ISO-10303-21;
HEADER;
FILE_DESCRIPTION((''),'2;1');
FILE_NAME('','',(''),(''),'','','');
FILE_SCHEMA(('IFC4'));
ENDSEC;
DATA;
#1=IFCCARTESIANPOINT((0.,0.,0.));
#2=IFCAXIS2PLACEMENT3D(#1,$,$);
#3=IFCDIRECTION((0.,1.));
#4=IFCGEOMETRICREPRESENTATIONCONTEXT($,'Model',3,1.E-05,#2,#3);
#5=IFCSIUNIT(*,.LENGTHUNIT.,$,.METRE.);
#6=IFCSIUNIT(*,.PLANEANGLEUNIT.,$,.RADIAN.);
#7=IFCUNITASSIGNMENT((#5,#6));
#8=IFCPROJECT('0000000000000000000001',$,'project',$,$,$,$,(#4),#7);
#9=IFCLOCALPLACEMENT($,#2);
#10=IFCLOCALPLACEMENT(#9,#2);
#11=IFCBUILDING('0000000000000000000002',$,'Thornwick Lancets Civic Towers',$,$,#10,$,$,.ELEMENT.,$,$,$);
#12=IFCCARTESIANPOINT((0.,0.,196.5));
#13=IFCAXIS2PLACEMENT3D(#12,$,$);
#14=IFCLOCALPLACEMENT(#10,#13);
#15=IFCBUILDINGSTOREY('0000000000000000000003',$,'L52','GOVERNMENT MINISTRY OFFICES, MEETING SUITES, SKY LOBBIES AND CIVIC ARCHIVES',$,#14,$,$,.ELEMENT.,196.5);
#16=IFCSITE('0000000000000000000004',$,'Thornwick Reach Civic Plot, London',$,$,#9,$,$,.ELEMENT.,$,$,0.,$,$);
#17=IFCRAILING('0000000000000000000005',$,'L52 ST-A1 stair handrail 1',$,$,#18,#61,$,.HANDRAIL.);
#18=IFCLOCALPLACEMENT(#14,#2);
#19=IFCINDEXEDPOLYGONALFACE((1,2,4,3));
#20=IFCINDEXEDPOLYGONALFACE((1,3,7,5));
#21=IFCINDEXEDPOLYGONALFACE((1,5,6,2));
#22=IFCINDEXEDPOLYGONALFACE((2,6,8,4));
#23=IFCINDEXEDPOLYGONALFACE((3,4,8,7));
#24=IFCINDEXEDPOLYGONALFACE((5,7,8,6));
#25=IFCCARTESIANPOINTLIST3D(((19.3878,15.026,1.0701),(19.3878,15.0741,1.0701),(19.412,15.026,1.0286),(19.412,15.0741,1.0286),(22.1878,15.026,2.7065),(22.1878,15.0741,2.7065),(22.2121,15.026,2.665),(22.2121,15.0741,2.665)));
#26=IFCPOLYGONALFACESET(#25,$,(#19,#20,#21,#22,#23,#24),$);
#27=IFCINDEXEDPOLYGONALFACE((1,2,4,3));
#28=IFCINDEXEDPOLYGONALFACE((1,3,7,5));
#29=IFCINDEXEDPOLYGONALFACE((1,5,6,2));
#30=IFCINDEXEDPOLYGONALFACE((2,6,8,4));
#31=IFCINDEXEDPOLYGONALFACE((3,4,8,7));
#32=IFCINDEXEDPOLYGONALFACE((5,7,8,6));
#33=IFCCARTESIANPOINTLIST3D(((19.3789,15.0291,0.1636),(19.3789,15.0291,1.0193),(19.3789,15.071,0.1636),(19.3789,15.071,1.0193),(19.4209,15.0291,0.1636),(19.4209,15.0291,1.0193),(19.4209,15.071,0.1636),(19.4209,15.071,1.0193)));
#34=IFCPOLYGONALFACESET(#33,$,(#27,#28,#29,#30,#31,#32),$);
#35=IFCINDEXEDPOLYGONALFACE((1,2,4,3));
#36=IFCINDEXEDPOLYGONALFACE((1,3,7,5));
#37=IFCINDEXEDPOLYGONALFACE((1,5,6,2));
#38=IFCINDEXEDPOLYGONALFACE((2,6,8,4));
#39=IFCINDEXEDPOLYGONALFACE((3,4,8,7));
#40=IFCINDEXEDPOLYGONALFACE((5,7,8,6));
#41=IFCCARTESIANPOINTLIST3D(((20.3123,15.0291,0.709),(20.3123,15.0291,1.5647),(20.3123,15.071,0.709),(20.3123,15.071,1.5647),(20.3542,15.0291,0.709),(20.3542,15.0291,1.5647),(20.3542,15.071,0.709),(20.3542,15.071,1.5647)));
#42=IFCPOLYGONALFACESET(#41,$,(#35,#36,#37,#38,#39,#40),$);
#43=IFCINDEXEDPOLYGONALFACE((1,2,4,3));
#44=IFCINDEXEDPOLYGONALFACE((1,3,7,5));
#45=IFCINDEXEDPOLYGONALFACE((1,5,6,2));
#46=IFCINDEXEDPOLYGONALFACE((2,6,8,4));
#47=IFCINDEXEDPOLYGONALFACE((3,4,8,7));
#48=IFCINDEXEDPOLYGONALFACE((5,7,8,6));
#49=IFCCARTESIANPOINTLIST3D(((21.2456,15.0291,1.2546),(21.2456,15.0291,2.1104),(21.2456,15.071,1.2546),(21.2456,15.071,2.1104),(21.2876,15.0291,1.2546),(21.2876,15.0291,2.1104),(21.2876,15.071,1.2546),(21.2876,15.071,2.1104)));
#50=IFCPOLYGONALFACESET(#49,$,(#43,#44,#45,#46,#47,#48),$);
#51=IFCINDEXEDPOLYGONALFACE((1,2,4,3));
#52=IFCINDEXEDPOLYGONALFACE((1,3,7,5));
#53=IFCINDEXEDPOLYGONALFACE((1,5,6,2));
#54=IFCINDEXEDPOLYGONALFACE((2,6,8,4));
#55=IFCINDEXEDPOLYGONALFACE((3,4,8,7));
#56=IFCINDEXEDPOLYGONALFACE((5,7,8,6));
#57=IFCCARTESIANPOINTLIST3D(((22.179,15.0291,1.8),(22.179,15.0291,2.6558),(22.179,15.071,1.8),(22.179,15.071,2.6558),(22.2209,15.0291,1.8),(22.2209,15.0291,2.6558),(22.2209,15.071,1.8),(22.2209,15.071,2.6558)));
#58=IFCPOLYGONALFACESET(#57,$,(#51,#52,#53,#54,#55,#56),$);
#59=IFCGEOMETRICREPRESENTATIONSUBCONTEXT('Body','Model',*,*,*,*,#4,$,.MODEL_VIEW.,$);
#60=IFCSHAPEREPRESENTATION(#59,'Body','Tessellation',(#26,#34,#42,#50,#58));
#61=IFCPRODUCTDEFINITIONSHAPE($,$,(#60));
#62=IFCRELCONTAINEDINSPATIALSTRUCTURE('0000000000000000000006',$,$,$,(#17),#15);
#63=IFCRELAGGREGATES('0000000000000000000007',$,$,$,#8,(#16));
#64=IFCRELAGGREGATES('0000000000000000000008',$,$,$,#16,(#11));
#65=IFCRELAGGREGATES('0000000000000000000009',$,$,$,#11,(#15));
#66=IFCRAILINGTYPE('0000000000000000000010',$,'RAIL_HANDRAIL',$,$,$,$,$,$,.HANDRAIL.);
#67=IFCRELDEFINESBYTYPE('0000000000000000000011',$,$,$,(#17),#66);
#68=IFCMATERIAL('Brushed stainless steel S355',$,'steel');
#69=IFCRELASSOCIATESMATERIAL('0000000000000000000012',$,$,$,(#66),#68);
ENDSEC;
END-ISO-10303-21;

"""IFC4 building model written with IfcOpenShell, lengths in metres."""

from ifc_helpers import new_model, si_unit, direction, frame, origin, origin_2d, place, context, subcontext, project, spatial, rectangle, extrude, material, type_object, element, save


model = new_model("IFC4")

# Units and contexts
model_context = context("Model", 3, precision=1e-05, world=origin(), true_north=direction((0.0, 1.0)))
body_context = subcontext(model_context, "Body", "Model", "MODEL_VIEW")
ifc_project = project(units=[si_unit("LENGTHUNIT", "METRE"), si_unit("PLANEANGLEUNIT", "RADIAN")], contexts=[model_context])

# Site, building, storey
site_placement = place(None, origin())
site = spatial("IfcSite", under=ifc_project, at=site_placement, Name="Thornwick Reach Civic Plot, London", CompositionType="ELEMENT", RefElevation=0.0)
building_placement = place(site_placement, origin())
building = spatial("IfcBuilding", under=site, at=building_placement, Name="Thornwick Lancets Civic Towers", CompositionType="ELEMENT")
storey_placement = place(building_placement, frame((0.0, 0.0, 196.5)))
storey = spatial("IfcBuildingStorey", under=building, at=storey_placement, Name="L52", Description="GOVERNMENT MINISTRY OFFICES, MEETING SUITES, SKY LOBBIES AND CIVIC ARCHIVES", CompositionType="ELEMENT", Elevation=196.5)

# Railing
ifc_material_1 = material(Name="Brushed stainless steel S355", Category="steel")
railing_type = type_object("IfcRailingType", Name="RAIL_HANDRAIL", PredefinedType="HANDRAIL", material=ifc_material_1)
railing_placement = place(storey_placement, frame((19.3999, 15.05, 0.1636)))
element("IfcRailing", 1, at=railing_placement, inside=storey, type_object=railing_type, Name="L52 ST-A1 stair handrail 1", PredefinedType="HANDRAIL", context=body_context, shape_type="SweptSolid", body=[
    extrude(rectangle(XDim=0.0481, YDim=0.0481, at=origin_2d()), frame((0.0, 0.0, 0.8857), z_axis=(0.863361, 0.0, 0.504587), x_axis=(0.0, 1.0, 0.0)), (0.0, 0.0, 1.0), 3.2432),
    extrude(rectangle(XDim=0.042, YDim=0.042, at=origin_2d()), origin(), (0.0, 0.0, 1.0), 0.8557),
    extrude(rectangle(XDim=0.042, YDim=0.042, at=origin_2d()), frame((0.9333, 0.0, 0.5454)), (0.0, 0.0, 1.0), 0.8557),
    extrude(rectangle(XDim=0.042, YDim=0.042, at=origin_2d()), frame((1.8667, 0.0, 1.0911)), (0.0, 0.0, 1.0), 0.8557),
    extrude(rectangle(XDim=0.042, YDim=0.042, at=origin_2d()), frame((2.8, 0.0, 1.6365)), (0.0, 0.0, 1.0), 0.8557),
])

save(model, "model.ifc")
